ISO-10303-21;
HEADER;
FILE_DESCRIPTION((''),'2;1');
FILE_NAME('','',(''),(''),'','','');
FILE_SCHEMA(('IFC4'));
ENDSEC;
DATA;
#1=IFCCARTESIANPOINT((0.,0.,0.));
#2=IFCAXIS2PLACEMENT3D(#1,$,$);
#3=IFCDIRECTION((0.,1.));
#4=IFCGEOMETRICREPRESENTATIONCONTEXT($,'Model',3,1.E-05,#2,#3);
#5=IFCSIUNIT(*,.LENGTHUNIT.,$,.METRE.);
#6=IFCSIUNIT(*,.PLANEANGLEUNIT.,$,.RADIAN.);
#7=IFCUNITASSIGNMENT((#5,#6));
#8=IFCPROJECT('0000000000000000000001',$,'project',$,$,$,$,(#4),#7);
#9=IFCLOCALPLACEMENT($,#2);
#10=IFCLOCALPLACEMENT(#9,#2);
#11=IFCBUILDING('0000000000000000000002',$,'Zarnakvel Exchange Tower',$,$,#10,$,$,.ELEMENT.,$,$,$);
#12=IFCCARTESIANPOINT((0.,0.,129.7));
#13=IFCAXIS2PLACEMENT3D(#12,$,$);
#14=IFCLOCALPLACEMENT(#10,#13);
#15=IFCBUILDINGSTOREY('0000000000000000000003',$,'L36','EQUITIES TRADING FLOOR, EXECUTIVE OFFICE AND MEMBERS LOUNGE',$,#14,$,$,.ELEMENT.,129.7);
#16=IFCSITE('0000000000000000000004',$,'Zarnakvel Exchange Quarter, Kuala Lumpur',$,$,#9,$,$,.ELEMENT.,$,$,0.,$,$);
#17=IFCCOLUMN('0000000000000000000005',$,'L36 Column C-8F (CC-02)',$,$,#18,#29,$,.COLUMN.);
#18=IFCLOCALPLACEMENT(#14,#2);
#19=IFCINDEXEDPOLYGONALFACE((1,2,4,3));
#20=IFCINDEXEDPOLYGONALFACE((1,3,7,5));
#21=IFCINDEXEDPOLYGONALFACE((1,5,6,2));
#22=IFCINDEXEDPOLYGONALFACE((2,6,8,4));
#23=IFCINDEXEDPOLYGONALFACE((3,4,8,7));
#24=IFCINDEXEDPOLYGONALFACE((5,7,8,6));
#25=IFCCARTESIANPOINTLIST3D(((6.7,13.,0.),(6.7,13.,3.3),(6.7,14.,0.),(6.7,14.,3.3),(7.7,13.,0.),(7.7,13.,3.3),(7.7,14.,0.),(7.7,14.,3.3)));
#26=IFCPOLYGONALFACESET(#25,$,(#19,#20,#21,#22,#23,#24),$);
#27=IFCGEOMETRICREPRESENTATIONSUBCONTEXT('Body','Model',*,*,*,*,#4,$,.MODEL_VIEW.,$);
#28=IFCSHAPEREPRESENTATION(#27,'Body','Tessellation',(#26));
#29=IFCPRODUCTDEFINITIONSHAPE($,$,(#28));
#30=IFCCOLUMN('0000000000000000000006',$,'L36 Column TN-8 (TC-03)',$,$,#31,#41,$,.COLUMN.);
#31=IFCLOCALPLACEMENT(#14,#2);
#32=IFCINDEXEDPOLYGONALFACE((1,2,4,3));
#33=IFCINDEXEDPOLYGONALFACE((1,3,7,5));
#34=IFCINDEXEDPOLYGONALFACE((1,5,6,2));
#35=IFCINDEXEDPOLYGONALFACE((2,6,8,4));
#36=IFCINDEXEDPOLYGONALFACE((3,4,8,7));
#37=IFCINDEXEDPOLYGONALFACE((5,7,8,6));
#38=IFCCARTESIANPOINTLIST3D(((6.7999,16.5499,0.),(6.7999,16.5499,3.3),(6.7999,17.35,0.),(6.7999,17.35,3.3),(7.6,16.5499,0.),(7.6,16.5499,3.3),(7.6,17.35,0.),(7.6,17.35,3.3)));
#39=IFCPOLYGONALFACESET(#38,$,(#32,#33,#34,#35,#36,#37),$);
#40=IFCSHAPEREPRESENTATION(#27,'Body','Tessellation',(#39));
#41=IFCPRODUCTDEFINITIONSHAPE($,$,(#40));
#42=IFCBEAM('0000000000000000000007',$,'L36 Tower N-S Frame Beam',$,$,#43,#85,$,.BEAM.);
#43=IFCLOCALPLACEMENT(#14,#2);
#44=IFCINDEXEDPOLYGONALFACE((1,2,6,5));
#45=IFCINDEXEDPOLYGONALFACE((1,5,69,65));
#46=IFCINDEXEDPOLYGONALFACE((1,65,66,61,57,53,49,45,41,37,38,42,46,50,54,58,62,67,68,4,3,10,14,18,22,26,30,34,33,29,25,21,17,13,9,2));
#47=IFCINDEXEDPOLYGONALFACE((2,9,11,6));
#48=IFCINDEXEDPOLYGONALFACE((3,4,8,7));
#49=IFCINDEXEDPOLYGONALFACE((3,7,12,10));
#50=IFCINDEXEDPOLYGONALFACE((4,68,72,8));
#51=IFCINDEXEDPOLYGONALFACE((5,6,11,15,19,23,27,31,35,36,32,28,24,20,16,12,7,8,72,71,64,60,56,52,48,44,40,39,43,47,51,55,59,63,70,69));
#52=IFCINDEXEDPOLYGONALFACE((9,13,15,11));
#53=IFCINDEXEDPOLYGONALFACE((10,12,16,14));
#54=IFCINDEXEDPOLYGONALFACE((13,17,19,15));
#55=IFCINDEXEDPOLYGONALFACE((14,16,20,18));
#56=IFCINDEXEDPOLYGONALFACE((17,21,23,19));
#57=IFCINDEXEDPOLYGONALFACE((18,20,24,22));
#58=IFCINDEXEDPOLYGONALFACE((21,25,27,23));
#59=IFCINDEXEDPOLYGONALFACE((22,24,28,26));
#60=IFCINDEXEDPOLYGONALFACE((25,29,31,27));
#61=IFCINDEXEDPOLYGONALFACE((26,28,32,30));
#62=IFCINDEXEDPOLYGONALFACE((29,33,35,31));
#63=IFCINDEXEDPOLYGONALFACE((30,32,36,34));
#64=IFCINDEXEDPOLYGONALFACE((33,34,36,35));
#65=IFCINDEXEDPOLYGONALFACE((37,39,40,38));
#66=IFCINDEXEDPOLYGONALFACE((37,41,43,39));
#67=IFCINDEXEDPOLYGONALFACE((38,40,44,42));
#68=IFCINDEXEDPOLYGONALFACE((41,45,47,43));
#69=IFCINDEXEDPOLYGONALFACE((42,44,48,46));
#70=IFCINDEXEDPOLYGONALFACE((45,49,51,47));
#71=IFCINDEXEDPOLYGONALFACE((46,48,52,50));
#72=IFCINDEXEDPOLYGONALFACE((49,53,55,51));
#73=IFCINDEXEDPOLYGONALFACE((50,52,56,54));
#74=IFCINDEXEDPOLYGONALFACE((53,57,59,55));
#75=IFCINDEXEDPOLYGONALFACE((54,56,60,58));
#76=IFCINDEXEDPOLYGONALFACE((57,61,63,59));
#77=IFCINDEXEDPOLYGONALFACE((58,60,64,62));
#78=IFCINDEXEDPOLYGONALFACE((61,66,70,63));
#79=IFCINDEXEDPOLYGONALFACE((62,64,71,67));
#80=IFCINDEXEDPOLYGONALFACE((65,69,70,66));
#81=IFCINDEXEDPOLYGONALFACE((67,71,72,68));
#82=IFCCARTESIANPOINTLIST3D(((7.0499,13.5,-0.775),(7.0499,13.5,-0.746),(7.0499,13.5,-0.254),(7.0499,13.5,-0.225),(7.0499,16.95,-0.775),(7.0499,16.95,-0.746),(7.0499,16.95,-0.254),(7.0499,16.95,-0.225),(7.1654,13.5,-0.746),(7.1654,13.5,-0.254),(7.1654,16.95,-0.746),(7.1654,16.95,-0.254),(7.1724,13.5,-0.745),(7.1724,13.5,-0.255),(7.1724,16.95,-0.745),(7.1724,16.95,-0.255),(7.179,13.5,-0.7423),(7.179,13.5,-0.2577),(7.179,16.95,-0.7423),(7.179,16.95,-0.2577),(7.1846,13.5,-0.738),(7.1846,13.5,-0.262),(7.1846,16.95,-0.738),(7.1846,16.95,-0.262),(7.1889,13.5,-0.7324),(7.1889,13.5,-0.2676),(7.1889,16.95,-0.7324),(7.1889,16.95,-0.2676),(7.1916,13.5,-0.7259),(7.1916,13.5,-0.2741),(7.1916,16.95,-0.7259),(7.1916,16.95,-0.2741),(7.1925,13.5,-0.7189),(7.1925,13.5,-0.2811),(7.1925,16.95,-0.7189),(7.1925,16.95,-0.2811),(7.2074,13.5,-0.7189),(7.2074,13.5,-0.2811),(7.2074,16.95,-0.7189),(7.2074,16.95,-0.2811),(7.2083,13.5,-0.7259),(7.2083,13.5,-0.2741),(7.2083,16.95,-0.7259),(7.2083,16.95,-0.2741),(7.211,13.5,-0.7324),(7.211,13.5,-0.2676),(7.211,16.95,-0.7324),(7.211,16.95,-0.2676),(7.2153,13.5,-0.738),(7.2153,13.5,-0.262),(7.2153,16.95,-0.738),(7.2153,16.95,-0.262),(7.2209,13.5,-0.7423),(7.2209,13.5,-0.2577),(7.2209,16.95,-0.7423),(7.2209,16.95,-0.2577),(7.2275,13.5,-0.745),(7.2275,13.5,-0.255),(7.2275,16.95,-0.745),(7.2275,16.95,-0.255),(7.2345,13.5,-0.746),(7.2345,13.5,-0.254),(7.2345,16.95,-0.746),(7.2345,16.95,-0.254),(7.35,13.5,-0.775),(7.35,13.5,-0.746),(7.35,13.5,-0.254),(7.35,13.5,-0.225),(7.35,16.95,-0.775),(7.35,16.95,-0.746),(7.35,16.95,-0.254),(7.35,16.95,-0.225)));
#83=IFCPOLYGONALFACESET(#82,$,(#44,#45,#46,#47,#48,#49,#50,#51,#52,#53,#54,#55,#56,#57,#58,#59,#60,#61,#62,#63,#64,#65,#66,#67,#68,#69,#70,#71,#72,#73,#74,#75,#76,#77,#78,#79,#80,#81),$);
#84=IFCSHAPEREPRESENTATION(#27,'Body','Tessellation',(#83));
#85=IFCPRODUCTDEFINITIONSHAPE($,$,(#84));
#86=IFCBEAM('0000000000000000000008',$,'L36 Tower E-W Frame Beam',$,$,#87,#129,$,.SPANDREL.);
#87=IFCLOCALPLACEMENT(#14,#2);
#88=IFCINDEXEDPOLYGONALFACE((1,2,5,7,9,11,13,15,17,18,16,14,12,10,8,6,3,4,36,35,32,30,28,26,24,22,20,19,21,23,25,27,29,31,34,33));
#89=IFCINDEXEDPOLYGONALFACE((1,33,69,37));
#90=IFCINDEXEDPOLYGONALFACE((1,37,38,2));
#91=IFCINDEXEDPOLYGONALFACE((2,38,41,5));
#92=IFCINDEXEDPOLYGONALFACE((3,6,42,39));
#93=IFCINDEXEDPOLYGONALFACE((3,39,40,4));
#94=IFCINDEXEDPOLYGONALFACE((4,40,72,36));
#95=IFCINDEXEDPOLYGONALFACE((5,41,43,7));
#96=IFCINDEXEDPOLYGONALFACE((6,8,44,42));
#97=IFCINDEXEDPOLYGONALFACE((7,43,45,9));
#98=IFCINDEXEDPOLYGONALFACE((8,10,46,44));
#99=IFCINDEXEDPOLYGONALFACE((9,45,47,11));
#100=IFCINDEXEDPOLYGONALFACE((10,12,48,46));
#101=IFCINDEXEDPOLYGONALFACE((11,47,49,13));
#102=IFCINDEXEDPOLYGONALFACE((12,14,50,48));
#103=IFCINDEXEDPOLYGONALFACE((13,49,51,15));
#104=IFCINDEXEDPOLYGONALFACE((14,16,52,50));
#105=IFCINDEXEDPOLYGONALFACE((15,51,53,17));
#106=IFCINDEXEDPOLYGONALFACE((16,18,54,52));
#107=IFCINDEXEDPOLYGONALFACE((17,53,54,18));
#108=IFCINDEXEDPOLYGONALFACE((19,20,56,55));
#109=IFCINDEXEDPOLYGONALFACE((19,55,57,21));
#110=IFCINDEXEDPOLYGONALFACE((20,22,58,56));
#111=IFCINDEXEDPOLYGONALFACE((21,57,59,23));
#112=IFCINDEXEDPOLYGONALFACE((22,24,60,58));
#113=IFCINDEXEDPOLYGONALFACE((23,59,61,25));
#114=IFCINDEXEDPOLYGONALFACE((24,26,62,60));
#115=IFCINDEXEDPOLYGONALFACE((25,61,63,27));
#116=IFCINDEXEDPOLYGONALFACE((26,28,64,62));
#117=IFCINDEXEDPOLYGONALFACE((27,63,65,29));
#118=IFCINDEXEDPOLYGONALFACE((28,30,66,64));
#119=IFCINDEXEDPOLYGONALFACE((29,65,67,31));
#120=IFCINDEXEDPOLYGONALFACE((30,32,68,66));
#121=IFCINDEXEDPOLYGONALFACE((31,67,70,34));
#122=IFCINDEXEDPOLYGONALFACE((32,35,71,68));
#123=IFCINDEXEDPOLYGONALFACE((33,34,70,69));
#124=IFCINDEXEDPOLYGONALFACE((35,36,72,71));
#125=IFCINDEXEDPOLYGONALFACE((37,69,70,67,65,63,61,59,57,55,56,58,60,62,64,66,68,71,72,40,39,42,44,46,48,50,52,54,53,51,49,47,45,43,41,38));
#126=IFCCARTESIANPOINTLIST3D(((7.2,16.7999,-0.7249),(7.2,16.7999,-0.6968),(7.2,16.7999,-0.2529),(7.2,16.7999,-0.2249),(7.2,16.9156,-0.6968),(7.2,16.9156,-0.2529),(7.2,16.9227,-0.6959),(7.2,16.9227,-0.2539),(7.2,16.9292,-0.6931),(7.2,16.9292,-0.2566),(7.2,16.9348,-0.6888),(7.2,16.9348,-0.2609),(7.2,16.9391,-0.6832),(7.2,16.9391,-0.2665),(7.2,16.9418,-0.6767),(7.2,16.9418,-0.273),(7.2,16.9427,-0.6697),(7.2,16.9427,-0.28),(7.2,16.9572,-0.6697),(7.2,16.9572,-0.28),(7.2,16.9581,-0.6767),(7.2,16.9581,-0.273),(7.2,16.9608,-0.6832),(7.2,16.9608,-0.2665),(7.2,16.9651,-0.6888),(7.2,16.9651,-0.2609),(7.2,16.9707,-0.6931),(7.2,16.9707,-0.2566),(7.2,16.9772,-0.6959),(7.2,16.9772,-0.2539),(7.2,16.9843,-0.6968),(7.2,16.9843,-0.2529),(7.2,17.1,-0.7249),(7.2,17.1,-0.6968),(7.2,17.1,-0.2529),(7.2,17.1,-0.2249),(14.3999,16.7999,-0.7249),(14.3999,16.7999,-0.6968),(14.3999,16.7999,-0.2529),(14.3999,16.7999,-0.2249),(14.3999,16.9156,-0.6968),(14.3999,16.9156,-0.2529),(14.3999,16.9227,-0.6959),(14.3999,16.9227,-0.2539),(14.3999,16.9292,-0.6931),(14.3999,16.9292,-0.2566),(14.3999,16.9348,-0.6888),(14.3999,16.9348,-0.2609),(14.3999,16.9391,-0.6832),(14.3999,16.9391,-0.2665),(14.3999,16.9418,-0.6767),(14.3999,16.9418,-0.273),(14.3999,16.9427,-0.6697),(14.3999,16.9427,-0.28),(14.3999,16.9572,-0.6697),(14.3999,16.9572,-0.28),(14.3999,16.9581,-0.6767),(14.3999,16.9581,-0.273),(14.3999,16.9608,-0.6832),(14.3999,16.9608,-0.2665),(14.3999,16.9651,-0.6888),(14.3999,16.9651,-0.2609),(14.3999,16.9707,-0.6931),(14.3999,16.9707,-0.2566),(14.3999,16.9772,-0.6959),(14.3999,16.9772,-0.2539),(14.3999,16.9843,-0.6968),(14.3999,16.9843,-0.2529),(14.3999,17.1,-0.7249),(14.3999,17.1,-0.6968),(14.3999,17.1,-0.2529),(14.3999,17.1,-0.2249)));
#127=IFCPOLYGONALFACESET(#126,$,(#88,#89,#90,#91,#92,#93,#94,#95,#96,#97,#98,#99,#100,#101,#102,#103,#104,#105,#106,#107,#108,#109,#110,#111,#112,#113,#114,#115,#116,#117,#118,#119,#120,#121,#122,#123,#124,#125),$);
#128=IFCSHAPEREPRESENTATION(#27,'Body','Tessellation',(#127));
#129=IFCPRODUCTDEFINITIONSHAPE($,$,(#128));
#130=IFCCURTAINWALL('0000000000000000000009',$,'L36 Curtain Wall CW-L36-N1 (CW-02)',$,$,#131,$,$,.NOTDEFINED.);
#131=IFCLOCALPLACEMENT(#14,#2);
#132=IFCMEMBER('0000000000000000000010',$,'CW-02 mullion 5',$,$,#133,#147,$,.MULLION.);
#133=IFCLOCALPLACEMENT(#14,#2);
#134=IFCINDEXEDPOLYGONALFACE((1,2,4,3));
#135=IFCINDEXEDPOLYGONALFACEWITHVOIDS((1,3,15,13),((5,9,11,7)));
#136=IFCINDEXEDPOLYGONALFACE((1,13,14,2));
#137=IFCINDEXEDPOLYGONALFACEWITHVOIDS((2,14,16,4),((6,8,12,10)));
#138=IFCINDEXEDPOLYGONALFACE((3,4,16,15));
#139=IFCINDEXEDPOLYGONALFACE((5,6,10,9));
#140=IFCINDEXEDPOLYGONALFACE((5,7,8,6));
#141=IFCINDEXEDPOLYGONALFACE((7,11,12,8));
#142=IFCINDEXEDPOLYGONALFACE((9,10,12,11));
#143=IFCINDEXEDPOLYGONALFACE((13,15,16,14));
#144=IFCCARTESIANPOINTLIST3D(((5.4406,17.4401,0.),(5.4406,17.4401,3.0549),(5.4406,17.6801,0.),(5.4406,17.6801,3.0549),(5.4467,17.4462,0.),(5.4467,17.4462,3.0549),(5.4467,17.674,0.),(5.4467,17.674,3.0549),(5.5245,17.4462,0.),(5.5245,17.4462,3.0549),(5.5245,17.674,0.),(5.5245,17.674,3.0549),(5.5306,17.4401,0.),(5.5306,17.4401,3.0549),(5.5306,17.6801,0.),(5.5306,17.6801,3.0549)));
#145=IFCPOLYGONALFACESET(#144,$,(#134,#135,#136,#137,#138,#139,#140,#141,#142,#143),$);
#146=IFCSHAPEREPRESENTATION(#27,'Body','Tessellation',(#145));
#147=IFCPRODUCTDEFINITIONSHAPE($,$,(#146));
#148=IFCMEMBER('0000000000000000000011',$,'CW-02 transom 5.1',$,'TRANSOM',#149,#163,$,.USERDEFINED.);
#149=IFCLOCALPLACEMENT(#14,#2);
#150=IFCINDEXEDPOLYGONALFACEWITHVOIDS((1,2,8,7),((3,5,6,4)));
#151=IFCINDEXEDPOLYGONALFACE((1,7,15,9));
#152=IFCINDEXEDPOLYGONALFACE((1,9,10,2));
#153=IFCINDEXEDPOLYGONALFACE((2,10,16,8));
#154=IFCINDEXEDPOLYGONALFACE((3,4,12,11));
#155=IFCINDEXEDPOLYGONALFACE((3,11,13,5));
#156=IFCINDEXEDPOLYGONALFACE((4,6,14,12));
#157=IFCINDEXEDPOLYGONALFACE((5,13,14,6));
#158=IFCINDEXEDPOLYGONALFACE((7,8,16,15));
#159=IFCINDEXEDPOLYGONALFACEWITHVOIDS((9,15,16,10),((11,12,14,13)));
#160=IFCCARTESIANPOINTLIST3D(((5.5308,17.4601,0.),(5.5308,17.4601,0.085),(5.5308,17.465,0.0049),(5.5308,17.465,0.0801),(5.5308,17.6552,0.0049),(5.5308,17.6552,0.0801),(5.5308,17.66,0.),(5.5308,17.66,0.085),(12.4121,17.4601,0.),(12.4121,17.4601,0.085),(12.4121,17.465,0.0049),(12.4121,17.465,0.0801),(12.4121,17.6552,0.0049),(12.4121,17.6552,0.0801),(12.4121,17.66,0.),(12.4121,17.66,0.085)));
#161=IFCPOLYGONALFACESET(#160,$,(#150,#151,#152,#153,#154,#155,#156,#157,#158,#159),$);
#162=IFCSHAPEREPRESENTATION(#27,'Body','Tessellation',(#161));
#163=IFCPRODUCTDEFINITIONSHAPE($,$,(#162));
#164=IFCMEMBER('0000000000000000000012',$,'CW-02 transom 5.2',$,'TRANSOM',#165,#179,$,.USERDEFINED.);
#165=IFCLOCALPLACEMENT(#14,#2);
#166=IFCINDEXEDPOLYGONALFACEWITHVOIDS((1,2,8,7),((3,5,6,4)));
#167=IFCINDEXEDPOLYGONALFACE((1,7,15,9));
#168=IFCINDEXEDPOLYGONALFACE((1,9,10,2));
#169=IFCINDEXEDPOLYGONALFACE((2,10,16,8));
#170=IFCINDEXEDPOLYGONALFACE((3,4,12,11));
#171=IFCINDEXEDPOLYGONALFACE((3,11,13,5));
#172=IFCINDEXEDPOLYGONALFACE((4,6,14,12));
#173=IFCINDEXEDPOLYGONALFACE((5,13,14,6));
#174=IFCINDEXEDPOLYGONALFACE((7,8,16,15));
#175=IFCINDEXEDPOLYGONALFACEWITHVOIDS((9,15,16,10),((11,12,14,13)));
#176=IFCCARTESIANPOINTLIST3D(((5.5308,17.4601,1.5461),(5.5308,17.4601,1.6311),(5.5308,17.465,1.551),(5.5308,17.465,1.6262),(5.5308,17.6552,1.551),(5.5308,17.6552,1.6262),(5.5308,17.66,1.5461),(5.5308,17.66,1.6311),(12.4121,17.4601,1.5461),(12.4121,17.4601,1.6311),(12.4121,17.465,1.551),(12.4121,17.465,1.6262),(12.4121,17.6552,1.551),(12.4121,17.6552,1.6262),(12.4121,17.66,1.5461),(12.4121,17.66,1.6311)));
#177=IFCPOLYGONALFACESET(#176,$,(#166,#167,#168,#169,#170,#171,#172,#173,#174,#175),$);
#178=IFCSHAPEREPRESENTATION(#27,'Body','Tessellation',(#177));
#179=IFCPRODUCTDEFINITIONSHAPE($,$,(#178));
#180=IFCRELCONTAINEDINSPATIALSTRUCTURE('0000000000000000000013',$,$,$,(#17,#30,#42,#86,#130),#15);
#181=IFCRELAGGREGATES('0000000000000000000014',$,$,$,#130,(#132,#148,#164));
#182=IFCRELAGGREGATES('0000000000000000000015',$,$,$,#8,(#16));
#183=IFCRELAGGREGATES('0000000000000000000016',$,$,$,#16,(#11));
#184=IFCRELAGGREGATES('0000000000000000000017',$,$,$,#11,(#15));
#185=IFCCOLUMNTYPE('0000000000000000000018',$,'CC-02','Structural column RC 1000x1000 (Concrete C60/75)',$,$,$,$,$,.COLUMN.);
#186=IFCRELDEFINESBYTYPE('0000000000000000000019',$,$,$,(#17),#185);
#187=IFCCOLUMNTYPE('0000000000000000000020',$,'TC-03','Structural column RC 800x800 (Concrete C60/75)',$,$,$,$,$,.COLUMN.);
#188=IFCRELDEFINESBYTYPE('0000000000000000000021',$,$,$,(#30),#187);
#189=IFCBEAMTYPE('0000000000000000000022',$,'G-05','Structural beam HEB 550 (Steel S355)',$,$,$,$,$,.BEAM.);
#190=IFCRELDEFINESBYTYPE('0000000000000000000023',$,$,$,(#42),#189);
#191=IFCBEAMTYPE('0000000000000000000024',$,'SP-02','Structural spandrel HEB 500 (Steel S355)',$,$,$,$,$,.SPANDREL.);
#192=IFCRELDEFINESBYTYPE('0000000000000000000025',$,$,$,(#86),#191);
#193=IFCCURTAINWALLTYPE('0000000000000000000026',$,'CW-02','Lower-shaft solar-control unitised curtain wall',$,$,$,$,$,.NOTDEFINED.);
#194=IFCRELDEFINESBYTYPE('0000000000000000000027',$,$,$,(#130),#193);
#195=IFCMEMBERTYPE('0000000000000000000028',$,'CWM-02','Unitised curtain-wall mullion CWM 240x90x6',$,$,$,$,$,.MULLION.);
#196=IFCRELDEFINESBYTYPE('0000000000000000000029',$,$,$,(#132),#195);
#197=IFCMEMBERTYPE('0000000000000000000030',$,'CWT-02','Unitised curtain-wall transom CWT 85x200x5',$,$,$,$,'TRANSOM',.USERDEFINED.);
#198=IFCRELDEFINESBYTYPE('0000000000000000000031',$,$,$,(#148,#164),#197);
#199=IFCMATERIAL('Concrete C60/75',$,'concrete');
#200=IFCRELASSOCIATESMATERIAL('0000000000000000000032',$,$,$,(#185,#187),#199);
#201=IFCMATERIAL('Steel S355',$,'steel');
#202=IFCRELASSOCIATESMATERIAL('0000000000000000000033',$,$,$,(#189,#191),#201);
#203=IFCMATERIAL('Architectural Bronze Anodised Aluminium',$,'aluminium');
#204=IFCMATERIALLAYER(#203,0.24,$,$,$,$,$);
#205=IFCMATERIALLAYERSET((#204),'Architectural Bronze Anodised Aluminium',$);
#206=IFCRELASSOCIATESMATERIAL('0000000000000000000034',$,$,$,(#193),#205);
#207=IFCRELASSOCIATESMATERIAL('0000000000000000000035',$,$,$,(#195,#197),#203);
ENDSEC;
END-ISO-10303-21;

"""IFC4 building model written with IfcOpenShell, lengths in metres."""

from ifc_helpers import new_model, si_unit, direction, frame, origin, origin_2d, place, context, subcontext, project, spatial, rectangle, hollow_rectangle, i_section, extrude, source, transform, mapped, material, layer, layer_set, material_profile, profile_set, type_object, element, aggregate, save


model = new_model("IFC4")

# Units and contexts
model_context = context("Model", 3, precision=1e-05, world=origin(), true_north=direction((0.0, 1.0)))
body_context = subcontext(model_context, "Body", "Model", "MODEL_VIEW")
ifc_project = project(units=[si_unit("LENGTHUNIT", "METRE"), si_unit("PLANEANGLEUNIT", "RADIAN")], contexts=[model_context])

# Site, building, storey
site_placement = place(None, origin())
site = spatial("IfcSite", under=ifc_project, at=site_placement, Name="Zarnakvel Exchange Quarter, Kuala Lumpur", CompositionType="ELEMENT", RefElevation=0.0)
building_placement = place(site_placement, origin())
building = spatial("IfcBuilding", under=site, at=building_placement, Name="Zarnakvel Exchange Tower", CompositionType="ELEMENT")
storey_placement = place(building_placement, frame((0.0, 0.0, 129.7)))
storey = spatial("IfcBuildingStorey", under=building, at=storey_placement, Name="L36", Description="EQUITIES TRADING FLOOR, EXECUTIVE OFFICE AND MEMBERS LOUNGE", CompositionType="ELEMENT", Elevation=129.7)

# Columns
ifc_material_1 = material(Name="Concrete C60/75", Category="concrete")
ifc_material_profile_1 = material_profile(ifc_material_1, rectangle(XDim=1.0, YDim=1.0, at=origin_2d()))
ifc_profile_set_1 = profile_set([ifc_material_profile_1], Name="Concrete C60/75")
column_type_1 = type_object("IfcColumnType", Name="CC-02", Description="Structural column RC 1000x1000 (Concrete C60/75)", PredefinedType="COLUMN", material=ifc_profile_set_1)
column_1_placement = place(storey_placement, frame((7.2, 13.5, 0.0), z_axis=(0.0, 0.0, 1.0), x_axis=(1.0, 0.0, 0.0)))
element("IfcColumn", 1, at=column_1_placement, inside=storey, type_object=column_type_1, Name="L36 Column C-8F (CC-02)", PredefinedType="COLUMN", context=body_context, shape_type="SweptSolid", body=[
    extrude(rectangle(XDim=1.0, YDim=1.0, at=origin_2d()), origin(), (0.0, 0.0, 1.0), 3.3),
])
ifc_material_profile_2 = material_profile(ifc_material_1, rectangle(XDim=0.8, YDim=0.8, at=origin_2d()))
ifc_profile_set_2 = profile_set([ifc_material_profile_2], Name="Concrete C60/75")
column_type_2 = type_object("IfcColumnType", Name="TC-03", Description="Structural column RC 800x800 (Concrete C60/75)", PredefinedType="COLUMN", material=ifc_profile_set_2)
column_2_placement = place(storey_placement, frame((7.2, 16.95, 0.0), z_axis=(0.0, 0.0, 1.0), x_axis=(1.0, 0.0, 0.0)))
element("IfcColumn", 2, at=column_2_placement, inside=storey, type_object=column_type_2, Name="L36 Column TN-8 (TC-03)", PredefinedType="COLUMN", context=body_context, shape_type="SweptSolid", body=[
    extrude(rectangle(XDim=0.8, YDim=0.8, at=origin_2d()), origin(), (0.0, 0.0, 1.0), 3.3),
])

# Beams
ifc_material_2 = material(Name="Steel S355", Category="steel")
ifc_material_profile_3 = material_profile(ifc_material_2, i_section(OverallWidth=0.3, OverallDepth=0.55, WebThickness=0.0149, FlangeThickness=0.0291, FilletRadius=0.0271, at=origin_2d()))
ifc_profile_set_3 = profile_set([ifc_material_profile_3], Name="Steel S355")
beam_type_1 = type_object("IfcBeamType", Name="G-05", Description="Structural beam HEB 550 (Steel S355)", PredefinedType="BEAM", material=ifc_profile_set_3)
beam_1_placement = place(storey_placement, frame((7.2, 13.5, -0.5), z_axis=(0.0, 1.0, 0.0), x_axis=(-1.0, 0.0, 0.0)))
element("IfcBeam", 3, at=beam_1_placement, inside=storey, type_object=beam_type_1, Name="L36 Tower N-S Frame Beam", PredefinedType="BEAM", context=body_context, shape_type="SweptSolid", body=[
    extrude(i_section(OverallWidth=0.3, OverallDepth=0.55, WebThickness=0.0149, FlangeThickness=0.0291, FilletRadius=0.0271, at=origin_2d()), origin(), (0.0, 0.0, 1.0), 3.45),
])
ifc_material_profile_4 = material_profile(ifc_material_2, i_section(OverallWidth=0.3, OverallDepth=0.5, WebThickness=0.0144, FlangeThickness=0.0281, FilletRadius=0.0271, at=origin_2d()))
ifc_profile_set_4 = profile_set([ifc_material_profile_4], Name="Steel S355")
beam_type_2 = type_object("IfcBeamType", Name="SP-02", Description="Structural spandrel HEB 500 (Steel S355)", PredefinedType="SPANDREL", material=ifc_profile_set_4)
beam_2_placement = place(storey_placement, frame((7.2, 16.95, -0.4749), z_axis=(1.0, 0.0, 0.0), x_axis=(0.0, 1.0, 0.0)))
element("IfcBeam", 4, at=beam_2_placement, inside=storey, type_object=beam_type_2, Name="L36 Tower E-W Frame Beam", PredefinedType="SPANDREL", context=body_context, shape_type="SweptSolid", body=[
    extrude(i_section(OverallWidth=0.3, OverallDepth=0.5, WebThickness=0.0144, FlangeThickness=0.0281, FilletRadius=0.0271, at=origin_2d()), origin(), (0.0, 0.0, 1.0), 7.2),
])

# Curtain wall, members
ifc_material_3 = material(Name="Architectural Bronze Anodised Aluminium", Category="aluminium")
ifc_layer_1 = layer(ifc_material_3, 0.24)
ifc_layer_set_1 = layer_set([ifc_layer_1], Name="Architectural Bronze Anodised Aluminium")
curtain_wall_type = type_object("IfcCurtainWallType", Name="CW-02", Description="Lower-shaft solar-control unitised curtain wall", PredefinedType="NOTDEFINED", material=ifc_layer_set_1)
curtain_wall_placement = place(storey_placement, origin())
curtain_wall = element("IfcCurtainWall", 5, at=curtain_wall_placement, inside=storey, type_object=curtain_wall_type, Name="L36 Curtain Wall CW-L36-N1 (CW-02)", PredefinedType="NOTDEFINED")
ifc_material_profile_5 = material_profile(ifc_material_3, hollow_rectangle(XDim=0.24, YDim=0.0901, WallThickness=0.0061, at=origin_2d()))
ifc_profile_set_5 = profile_set([ifc_material_profile_5], Name="Architectural Bronze Anodised Aluminium")
member_type_1 = type_object("IfcMemberType", Name="CWM-02", Description="Unitised curtain-wall mullion CWM 240x90x6", PredefinedType="MULLION", material=ifc_profile_set_5)
shared_shape_1 = source(origin(), body_context, "Body", "SweptSolid", [
    extrude(hollow_rectangle(XDim=0.24, YDim=0.0901, WallThickness=0.0061, at=origin_2d()), origin(), (0.0, 0.0, 1.0), 3.0549),
])
member_1_placement = place(storey_placement, frame((5.4856, 17.5601, 0.0), z_axis=(0.0, 0.0, 1.0), x_axis=(0.0, 1.0, 0.0)))
member_1 = element("IfcMember", 6, at=member_1_placement, type_object=member_type_1, Name="CW-02 mullion 5", PredefinedType="MULLION", context=body_context, shape_type="MappedRepresentation", body=[
    mapped(shared_shape_1, transform((0.0, 0.0, 0.0), x_axis=(1.0, 0.0, 0.0), y_axis=(0.0, 1.0, 0.0), z_axis=(0.0, 0.0, 1.0), scale=1.0)),
])
ifc_material_profile_6 = material_profile(ifc_material_3, hollow_rectangle(XDim=0.2, YDim=0.085, WallThickness=0.0049, at=origin_2d()))
ifc_profile_set_6 = profile_set([ifc_material_profile_6], Name="Architectural Bronze Anodised Aluminium")
member_type_2 = type_object("IfcMemberType", Name="CWT-02", Description="Unitised curtain-wall transom CWT 85x200x5", ElementType="TRANSOM", PredefinedType="USERDEFINED", material=ifc_profile_set_6)
shared_shape_2 = source(origin(), body_context, "Body", "SweptSolid", [
    extrude(hollow_rectangle(XDim=0.2, YDim=0.085, WallThickness=0.0049, at=origin_2d()), origin(), (0.0, 0.0, 1.0), 6.8813),
])
member_2_placement = place(storey_placement, frame((5.5308, 17.5601, 0.0425), z_axis=(1.0, 0.0, 0.0), x_axis=(0.0, 1.0, 0.0)))
member_2 = element("IfcMember", 7, at=member_2_placement, type_object=member_type_2, Name="CW-02 transom 5.1", ObjectType="TRANSOM", PredefinedType="USERDEFINED", context=body_context, shape_type="MappedRepresentation", body=[
    mapped(shared_shape_2, transform((0.0, 0.0, 0.0), x_axis=(1.0, 0.0, 0.0), y_axis=(0.0, 1.0, 0.0), z_axis=(0.0, 0.0, 1.0), scale=1.0)),
])
member_3_placement = place(storey_placement, frame((5.5308, 17.5601, 1.5886), z_axis=(1.0, 0.0, 0.0), x_axis=(0.0, 1.0, 0.0)))
member_3 = element("IfcMember", 8, at=member_3_placement, type_object=member_type_2, Name="CW-02 transom 5.2", ObjectType="TRANSOM", PredefinedType="USERDEFINED", context=body_context, shape_type="MappedRepresentation", body=[
    mapped(shared_shape_2, transform((0.0, 0.0, 0.0), x_axis=(1.0, 0.0, 0.0), y_axis=(0.0, 1.0, 0.0), z_axis=(0.0, 0.0, 1.0), scale=1.0)),
])
aggregate(curtain_wall, [member_1, member_2, member_3])

save(model, "model.ifc")
